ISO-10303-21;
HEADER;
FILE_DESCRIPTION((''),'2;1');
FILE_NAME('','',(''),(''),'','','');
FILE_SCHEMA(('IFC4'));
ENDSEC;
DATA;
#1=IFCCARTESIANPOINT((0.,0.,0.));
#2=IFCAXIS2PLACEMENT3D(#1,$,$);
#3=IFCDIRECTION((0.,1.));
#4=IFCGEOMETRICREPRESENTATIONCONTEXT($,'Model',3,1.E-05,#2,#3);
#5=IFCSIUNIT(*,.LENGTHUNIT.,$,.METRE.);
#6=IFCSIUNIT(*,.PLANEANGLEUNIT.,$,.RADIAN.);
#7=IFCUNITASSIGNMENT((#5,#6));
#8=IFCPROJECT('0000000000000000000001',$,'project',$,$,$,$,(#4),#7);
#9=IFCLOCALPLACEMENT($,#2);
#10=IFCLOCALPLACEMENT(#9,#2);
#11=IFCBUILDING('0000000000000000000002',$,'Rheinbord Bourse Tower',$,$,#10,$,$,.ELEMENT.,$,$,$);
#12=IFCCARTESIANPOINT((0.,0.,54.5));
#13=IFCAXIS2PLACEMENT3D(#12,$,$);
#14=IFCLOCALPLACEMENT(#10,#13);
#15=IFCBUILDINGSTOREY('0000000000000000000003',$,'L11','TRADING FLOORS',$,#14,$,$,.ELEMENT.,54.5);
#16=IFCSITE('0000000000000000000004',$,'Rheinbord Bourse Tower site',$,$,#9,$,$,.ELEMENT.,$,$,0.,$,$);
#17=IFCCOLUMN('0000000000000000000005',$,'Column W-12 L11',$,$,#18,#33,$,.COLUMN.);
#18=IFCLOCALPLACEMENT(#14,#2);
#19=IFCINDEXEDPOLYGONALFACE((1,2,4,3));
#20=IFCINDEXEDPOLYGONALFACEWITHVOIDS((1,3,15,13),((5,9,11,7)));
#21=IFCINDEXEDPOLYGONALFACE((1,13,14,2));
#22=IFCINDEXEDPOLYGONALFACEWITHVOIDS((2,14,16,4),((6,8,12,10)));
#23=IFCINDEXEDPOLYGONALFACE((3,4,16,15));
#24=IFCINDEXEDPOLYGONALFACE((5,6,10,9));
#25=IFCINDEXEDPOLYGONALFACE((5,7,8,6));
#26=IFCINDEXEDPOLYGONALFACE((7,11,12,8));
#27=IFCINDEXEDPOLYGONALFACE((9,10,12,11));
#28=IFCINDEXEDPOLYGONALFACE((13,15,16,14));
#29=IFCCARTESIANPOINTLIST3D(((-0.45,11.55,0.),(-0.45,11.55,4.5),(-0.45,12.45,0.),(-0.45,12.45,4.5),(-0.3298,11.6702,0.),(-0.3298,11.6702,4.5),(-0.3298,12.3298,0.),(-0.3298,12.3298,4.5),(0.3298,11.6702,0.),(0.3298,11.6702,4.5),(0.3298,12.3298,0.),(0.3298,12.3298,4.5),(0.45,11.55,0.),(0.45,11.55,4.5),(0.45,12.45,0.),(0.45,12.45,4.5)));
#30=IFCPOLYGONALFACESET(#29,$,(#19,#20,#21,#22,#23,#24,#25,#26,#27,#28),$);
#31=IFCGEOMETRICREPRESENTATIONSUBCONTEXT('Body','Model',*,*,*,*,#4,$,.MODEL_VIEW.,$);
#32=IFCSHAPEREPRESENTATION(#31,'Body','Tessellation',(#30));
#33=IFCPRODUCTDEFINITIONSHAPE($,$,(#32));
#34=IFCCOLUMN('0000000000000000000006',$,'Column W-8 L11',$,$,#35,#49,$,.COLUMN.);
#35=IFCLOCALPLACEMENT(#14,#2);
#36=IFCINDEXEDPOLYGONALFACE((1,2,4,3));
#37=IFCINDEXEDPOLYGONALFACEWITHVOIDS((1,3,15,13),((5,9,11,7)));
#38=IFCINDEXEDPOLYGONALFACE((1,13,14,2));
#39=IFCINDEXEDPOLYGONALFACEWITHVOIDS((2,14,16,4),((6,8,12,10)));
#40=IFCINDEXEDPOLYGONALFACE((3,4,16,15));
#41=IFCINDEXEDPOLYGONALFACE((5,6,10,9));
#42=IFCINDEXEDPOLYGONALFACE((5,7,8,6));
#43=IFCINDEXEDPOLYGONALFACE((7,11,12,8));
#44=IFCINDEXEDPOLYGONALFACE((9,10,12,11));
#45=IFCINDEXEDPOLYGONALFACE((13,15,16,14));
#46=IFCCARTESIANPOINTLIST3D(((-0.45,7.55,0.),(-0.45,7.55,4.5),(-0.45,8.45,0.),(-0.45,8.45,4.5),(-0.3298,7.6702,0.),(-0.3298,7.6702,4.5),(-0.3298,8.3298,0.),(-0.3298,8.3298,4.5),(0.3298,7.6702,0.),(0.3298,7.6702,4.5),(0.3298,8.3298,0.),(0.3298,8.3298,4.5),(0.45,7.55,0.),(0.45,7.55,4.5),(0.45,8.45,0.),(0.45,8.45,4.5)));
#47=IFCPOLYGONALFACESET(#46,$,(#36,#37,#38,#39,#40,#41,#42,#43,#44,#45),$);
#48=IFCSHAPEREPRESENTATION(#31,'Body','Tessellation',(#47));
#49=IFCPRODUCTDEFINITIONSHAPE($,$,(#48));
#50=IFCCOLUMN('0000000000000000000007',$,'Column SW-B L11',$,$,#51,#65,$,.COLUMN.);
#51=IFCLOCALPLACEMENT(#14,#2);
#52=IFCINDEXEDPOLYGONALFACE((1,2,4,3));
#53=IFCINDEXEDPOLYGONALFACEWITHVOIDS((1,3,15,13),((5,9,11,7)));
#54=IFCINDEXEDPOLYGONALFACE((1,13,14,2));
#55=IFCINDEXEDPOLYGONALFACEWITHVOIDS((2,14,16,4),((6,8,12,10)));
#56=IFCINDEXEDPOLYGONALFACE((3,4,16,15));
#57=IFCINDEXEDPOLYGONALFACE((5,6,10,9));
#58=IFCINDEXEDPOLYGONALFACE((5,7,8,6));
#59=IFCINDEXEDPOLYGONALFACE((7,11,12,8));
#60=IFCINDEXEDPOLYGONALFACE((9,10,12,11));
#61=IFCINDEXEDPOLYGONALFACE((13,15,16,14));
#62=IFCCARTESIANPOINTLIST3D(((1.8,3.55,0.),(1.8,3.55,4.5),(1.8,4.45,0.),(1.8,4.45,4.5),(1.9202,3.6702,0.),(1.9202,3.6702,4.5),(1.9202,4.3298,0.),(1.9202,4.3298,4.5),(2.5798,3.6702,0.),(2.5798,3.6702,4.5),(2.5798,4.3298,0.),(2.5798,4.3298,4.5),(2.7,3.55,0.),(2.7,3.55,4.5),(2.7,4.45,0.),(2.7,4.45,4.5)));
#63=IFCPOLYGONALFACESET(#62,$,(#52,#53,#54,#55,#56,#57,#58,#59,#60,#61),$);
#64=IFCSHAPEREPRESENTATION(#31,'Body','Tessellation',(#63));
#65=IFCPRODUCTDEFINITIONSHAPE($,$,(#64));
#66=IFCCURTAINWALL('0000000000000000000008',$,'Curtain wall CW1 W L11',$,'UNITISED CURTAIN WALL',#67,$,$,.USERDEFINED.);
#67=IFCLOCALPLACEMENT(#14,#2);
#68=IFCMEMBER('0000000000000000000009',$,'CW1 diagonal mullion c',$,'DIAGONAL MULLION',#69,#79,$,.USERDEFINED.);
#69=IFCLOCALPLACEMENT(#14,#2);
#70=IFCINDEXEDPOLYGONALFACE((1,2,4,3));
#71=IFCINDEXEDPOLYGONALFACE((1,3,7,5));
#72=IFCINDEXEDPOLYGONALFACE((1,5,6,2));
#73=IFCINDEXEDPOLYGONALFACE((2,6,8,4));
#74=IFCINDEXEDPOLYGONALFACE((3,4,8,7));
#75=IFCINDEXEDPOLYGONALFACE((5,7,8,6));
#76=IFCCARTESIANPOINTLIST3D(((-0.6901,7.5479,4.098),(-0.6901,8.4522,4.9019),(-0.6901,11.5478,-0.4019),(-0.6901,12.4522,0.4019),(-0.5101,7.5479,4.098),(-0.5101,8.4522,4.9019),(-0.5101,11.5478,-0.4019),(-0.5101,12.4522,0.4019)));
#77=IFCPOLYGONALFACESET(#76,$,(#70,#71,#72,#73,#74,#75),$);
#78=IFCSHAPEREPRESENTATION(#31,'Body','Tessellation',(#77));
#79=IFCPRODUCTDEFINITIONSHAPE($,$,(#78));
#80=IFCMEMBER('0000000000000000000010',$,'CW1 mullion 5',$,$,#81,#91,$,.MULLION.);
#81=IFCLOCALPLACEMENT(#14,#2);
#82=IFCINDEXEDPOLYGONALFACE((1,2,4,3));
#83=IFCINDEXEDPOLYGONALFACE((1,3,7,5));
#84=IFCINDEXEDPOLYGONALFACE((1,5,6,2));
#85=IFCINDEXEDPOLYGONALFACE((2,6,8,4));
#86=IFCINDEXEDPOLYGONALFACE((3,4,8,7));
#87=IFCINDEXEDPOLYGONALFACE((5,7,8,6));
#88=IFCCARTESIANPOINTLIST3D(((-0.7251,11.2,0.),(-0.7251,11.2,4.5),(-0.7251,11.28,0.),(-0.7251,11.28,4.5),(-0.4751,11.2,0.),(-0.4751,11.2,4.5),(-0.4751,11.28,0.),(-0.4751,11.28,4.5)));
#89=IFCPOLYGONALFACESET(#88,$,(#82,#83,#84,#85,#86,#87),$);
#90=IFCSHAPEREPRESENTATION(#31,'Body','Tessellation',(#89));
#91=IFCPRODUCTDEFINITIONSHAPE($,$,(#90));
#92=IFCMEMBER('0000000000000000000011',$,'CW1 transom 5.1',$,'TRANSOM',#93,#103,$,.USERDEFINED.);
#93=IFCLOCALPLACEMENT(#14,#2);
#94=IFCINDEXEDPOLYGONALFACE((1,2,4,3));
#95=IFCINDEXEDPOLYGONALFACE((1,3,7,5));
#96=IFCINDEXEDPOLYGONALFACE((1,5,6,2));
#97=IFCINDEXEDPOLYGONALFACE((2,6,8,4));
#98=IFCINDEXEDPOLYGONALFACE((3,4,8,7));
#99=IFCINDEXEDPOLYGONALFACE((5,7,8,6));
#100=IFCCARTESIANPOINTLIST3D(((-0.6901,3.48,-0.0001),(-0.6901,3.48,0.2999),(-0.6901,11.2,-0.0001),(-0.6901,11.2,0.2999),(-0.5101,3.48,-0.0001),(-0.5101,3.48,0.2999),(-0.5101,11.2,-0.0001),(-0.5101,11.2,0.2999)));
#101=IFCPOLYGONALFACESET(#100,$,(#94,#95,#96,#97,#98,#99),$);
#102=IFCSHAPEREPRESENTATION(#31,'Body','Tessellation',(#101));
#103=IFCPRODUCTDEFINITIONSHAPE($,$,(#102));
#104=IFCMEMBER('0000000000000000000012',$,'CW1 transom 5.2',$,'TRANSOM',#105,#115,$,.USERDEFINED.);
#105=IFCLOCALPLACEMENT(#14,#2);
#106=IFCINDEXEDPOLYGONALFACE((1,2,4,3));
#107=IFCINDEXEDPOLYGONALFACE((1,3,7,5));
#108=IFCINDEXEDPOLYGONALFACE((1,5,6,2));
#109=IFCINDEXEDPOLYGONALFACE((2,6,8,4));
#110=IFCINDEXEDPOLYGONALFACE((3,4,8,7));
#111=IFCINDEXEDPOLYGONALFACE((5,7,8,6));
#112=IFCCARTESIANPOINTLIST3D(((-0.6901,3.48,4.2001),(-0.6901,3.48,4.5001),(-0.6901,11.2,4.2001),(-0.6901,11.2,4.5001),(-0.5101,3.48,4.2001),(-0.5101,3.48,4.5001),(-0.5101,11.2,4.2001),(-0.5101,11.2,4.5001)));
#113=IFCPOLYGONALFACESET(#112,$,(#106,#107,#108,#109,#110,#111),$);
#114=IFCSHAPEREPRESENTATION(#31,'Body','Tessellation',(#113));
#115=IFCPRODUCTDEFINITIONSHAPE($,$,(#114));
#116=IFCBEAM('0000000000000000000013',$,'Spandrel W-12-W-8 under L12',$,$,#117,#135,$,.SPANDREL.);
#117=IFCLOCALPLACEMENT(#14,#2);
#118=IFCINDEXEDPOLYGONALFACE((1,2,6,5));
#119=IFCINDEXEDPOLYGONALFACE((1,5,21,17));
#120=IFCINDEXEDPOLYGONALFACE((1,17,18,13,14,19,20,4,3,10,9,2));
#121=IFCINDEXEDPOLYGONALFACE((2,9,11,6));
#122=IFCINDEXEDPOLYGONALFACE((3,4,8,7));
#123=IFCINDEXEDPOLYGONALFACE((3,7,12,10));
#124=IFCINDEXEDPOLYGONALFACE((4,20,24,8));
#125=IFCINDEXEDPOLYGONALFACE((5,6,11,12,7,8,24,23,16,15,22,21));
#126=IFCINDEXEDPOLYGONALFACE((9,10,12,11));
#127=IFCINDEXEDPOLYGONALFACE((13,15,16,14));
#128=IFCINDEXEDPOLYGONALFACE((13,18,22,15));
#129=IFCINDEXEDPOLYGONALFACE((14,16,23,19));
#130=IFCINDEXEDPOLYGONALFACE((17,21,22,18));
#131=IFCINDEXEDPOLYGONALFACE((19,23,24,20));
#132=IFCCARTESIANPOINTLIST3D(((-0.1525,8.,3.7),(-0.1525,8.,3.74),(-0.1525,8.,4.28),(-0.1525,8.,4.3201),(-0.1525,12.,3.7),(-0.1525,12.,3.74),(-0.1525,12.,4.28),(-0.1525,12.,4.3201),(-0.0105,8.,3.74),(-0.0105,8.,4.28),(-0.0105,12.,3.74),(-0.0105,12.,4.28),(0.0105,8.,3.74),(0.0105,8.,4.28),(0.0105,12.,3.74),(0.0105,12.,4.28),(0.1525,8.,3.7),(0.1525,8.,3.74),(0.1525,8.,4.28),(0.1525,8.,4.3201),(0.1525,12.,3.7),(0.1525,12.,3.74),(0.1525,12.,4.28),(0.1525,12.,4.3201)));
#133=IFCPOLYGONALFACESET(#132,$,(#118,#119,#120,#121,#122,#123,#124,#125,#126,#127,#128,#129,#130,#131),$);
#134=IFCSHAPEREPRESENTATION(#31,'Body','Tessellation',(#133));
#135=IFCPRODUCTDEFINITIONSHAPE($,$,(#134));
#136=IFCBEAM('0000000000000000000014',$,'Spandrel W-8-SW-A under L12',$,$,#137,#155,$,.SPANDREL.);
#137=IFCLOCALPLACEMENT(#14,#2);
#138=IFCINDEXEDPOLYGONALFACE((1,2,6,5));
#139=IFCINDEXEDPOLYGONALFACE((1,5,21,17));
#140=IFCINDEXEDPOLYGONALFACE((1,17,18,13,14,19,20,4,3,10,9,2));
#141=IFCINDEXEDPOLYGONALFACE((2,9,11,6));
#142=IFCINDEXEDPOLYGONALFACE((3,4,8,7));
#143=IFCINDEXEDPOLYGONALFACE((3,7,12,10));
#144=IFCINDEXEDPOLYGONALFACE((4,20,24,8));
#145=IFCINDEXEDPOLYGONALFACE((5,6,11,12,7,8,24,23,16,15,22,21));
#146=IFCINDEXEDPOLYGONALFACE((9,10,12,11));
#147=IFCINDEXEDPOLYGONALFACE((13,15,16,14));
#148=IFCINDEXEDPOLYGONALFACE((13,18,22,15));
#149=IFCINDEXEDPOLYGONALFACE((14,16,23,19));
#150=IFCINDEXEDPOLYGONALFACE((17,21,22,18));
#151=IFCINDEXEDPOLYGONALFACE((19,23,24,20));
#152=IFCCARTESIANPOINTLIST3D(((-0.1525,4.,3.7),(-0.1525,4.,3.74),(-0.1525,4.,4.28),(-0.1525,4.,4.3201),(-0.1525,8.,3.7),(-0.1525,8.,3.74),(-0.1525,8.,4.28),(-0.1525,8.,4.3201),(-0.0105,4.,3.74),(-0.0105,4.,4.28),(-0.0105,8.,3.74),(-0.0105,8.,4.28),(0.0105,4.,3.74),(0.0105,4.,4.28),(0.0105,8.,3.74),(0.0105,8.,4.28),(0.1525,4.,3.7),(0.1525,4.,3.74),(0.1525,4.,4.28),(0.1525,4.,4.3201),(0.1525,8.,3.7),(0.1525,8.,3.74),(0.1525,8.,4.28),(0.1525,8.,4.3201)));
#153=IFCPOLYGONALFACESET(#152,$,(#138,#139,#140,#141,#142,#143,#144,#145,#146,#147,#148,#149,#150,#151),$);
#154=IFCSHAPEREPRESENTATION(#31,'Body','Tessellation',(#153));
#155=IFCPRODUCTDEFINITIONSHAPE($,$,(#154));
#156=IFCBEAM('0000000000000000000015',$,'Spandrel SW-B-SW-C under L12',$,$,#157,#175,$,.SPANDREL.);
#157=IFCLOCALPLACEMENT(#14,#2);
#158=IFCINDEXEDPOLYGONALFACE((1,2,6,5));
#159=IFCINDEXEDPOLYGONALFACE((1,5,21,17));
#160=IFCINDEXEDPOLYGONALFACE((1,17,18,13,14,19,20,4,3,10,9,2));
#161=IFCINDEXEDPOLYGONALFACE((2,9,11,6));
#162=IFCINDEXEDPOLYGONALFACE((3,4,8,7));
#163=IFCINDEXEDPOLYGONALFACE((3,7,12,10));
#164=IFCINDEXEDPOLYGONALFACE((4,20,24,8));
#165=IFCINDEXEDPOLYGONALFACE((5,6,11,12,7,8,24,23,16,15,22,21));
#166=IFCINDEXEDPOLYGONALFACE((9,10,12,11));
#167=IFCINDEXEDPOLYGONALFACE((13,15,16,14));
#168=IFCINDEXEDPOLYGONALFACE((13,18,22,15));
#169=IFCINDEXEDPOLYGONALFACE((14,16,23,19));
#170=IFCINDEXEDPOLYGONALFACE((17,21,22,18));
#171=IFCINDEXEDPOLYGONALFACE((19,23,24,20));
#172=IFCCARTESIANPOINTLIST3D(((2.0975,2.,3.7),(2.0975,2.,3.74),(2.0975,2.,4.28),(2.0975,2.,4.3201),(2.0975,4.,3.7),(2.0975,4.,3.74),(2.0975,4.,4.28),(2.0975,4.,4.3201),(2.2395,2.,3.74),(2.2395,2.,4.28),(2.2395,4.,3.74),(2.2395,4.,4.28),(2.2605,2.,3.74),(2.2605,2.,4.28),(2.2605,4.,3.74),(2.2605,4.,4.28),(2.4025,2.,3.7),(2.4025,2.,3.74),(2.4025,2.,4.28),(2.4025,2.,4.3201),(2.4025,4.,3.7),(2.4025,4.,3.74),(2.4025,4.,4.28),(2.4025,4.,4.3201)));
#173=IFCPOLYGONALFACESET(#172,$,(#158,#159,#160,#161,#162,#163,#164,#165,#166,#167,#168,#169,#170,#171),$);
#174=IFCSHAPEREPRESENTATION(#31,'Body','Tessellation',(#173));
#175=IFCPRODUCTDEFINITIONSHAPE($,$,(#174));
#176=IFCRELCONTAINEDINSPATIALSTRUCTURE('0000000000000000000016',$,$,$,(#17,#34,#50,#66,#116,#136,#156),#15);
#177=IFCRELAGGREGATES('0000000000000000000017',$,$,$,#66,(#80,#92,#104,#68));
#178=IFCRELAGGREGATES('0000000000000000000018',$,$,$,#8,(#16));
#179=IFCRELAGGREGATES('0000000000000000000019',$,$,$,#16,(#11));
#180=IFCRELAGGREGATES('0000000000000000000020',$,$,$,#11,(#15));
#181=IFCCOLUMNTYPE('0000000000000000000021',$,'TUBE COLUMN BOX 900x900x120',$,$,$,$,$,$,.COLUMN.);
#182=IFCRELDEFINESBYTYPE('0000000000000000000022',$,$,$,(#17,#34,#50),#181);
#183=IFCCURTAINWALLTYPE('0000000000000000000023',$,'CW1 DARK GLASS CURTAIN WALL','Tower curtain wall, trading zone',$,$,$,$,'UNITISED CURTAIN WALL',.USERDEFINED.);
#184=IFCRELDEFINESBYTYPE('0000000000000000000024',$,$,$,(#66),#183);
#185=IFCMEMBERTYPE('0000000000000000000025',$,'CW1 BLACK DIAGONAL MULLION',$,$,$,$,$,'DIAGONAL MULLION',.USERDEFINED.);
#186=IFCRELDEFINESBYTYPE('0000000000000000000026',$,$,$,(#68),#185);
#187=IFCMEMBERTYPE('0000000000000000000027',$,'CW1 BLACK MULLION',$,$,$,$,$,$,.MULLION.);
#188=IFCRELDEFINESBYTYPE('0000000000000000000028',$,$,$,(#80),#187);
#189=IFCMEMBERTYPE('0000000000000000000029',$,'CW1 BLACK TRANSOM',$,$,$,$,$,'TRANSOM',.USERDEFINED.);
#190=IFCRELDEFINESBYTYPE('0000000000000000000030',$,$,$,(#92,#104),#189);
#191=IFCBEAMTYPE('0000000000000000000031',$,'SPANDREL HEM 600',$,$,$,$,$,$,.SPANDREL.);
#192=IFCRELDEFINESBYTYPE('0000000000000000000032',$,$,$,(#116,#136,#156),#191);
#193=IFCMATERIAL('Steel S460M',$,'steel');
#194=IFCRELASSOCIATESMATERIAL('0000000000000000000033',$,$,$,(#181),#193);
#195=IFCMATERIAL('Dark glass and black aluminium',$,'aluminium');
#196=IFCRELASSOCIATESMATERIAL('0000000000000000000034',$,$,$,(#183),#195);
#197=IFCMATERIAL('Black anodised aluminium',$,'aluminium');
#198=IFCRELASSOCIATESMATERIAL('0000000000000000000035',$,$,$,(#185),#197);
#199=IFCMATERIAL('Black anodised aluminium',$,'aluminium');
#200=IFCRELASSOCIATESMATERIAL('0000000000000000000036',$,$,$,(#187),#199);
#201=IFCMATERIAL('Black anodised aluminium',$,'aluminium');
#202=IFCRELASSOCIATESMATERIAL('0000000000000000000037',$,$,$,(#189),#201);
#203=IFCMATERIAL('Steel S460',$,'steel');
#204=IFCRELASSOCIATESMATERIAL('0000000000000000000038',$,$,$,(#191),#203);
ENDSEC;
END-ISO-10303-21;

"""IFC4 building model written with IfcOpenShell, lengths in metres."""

from ifc_helpers import new_model, si_unit, direction, frame, origin, origin_2d, place, context, subcontext, project, spatial, rectangle, hollow_rectangle, i_section, extrude, material, material_profile, profile_set, type_object, element, aggregate, save


model = new_model("IFC4")

# Units and contexts
model_context = context("Model", 3, precision=1e-05, world=origin(), true_north=direction((0.0, 1.0)))
body_context = subcontext(model_context, "Body", "Model", "MODEL_VIEW")
ifc_project = project(units=[si_unit("LENGTHUNIT", "METRE"), si_unit("PLANEANGLEUNIT", "RADIAN")], contexts=[model_context])

# Site, building, storey
site_placement = place(None, origin())
site = spatial("IfcSite", under=ifc_project, at=site_placement, Name="Rheinbord Bourse Tower site", CompositionType="ELEMENT", RefElevation=0.0)
building_placement = place(site_placement, origin())
building = spatial("IfcBuilding", under=site, at=building_placement, Name="Rheinbord Bourse Tower", CompositionType="ELEMENT")
storey_placement = place(building_placement, frame((0.0, 0.0, 54.5)))
storey = spatial("IfcBuildingStorey", under=building, at=storey_placement, Name="L11", Description="TRADING FLOORS", CompositionType="ELEMENT", Elevation=54.5)

# Columns
ifc_material_1 = material(Name="Steel S460M", Category="steel")
ifc_material_profile_1 = material_profile(ifc_material_1, hollow_rectangle(XDim=0.8999, YDim=0.8999, WallThickness=0.1201, at=origin_2d()), Name="BOX 900x900x120")
ifc_profile_set_1 = profile_set([ifc_material_profile_1], Name="Steel S460M")
column_type = type_object("IfcColumnType", Name="TUBE COLUMN BOX 900x900x120", PredefinedType="COLUMN", material=ifc_profile_set_1)
for number, where, z_axis, x_axis, name in (
    (1, (0.0, 12.0, 0.0), (0.0, 0.0, 1.0), (1.0, 0.0, 0.0), "Column W-12 L11"),
    (2, (0.0, 8.0, 0.0), (0.0, 0.0, 1.0), (1.0, 0.0, 0.0), "Column W-8 L11"),
    (3, (2.25, 4.0, 0.0), (0.0, 0.0, 1.0), (1.0, 0.0, 0.0), "Column SW-B L11"),
):
    element("IfcColumn", number, at=place(storey_placement, frame(where, z_axis=z_axis, x_axis=x_axis)), inside=storey, type_object=column_type, Name=name, PredefinedType="COLUMN", context=body_context, shape_type="SweptSolid", body=[
        extrude(hollow_rectangle(XDim=0.8999, YDim=0.8999, WallThickness=0.1201, at=origin_2d()), origin(), (0.0, 0.0, 1.0), 4.5),
    ])

# Curtain wall, members
ifc_material_2 = material(Name="Dark glass and black aluminium", Category="aluminium")
curtain_wall_type = type_object("IfcCurtainWallType", Name="CW1 DARK GLASS CURTAIN WALL", Description="Tower curtain wall, trading zone", ElementType="UNITISED CURTAIN WALL", PredefinedType="USERDEFINED", material=ifc_material_2)
curtain_wall_placement = place(storey_placement, origin())
curtain_wall = element("IfcCurtainWall", 4, at=curtain_wall_placement, inside=storey, type_object=curtain_wall_type, Name="Curtain wall CW1 W L11", ObjectType="UNITISED CURTAIN WALL", PredefinedType="USERDEFINED")
ifc_material_3 = material(Name="Black anodised aluminium", Category="aluminium")
ifc_material_profile_2 = material_profile(ifc_material_3, rectangle(XDim=0.1799, YDim=1.21, at=origin_2d()), Name="CW1 DIAGONAL MULLION 1210x180")
ifc_profile_set_2 = profile_set([ifc_material_profile_2], Name="Black anodised aluminium")
member_type_1 = type_object("IfcMemberType", Name="CW1 BLACK DIAGONAL MULLION", ElementType="DIAGONAL MULLION", PredefinedType="USERDEFINED", material=ifc_profile_set_2)
member_1_placement = place(storey_placement, frame((-0.6001, 12.0, 0.0), z_axis=(0.0, -0.664364, 0.747409), x_axis=(1.0, 0.0, 0.0)))
member_1 = element("IfcMember", 5, at=member_1_placement, type_object=member_type_1, Name="CW1 diagonal mullion c", ObjectType="DIAGONAL MULLION", PredefinedType="USERDEFINED", context=body_context, shape_type="SweptSolid", body=[
    extrude(rectangle(XDim=0.1799, YDim=1.21, at=origin_2d()), origin(), (0.0, 0.0, 1.0), 6.0208),
])
ifc_material_4 = material(Name="Black anodised aluminium", Category="aluminium")
ifc_material_profile_3 = material_profile(ifc_material_4, rectangle(XDim=0.25, YDim=0.0801, at=origin_2d()), Name="CW1 MULLION 80x250")
ifc_profile_set_3 = profile_set([ifc_material_profile_3], Name="Black anodised aluminium")
member_type_2 = type_object("IfcMemberType", Name="CW1 BLACK MULLION", PredefinedType="MULLION", material=ifc_profile_set_3)
member_2_placement = place(storey_placement, frame((-0.6001, 11.24, 0.0), z_axis=(0.0, 0.0, 1.0), x_axis=(1.0, 0.0, 0.0)))
member_2 = element("IfcMember", 6, at=member_2_placement, type_object=member_type_2, Name="CW1 mullion 5", PredefinedType="MULLION", context=body_context, shape_type="SweptSolid", body=[
    extrude(rectangle(XDim=0.25, YDim=0.0801, at=origin_2d()), origin(), (0.0, 0.0, 1.0), 4.5),
])
ifc_material_5 = material(Name="Black anodised aluminium", Category="aluminium")
ifc_material_profile_4 = material_profile(ifc_material_5, rectangle(XDim=0.1799, YDim=0.3, at=origin_2d()), Name="CW1 TRANSOM 300x180")
ifc_profile_set_4 = profile_set([ifc_material_profile_4], Name="Black anodised aluminium")
member_type_3 = type_object("IfcMemberType", Name="CW1 BLACK TRANSOM", ElementType="TRANSOM", PredefinedType="USERDEFINED", material=ifc_profile_set_4)
member_3_placement = place(storey_placement, frame((-0.6001, 11.2, 0.1499), z_axis=(0.0, -1.0, 0.0), x_axis=(1.0, 0.0, 0.0)))
member_3 = element("IfcMember", 7, at=member_3_placement, type_object=member_type_3, Name="CW1 transom 5.1", ObjectType="TRANSOM", PredefinedType="USERDEFINED", context=body_context, shape_type="SweptSolid", body=[
    extrude(rectangle(XDim=0.1799, YDim=0.3, at=origin_2d()), origin(), (0.0, 0.0, 1.0), 7.72),
])
member_4_placement = place(storey_placement, frame((-0.6001, 11.2, 4.3501), z_axis=(0.0, -1.0, 0.0), x_axis=(1.0, 0.0, 0.0)))
member_4 = element("IfcMember", 8, at=member_4_placement, type_object=member_type_3, Name="CW1 transom 5.2", ObjectType="TRANSOM", PredefinedType="USERDEFINED", context=body_context, shape_type="SweptSolid", body=[
    extrude(rectangle(XDim=0.1799, YDim=0.3, at=origin_2d()), origin(), (0.0, 0.0, 1.0), 7.72),
])

# Beams
ifc_material_6 = material(Name="Steel S460", Category="steel")
ifc_material_profile_5 = material_profile(ifc_material_6, i_section(OverallWidth=0.3049, OverallDepth=0.6201, WebThickness=0.021, FlangeThickness=0.04, at=origin_2d()), Name="HEM 600")
ifc_profile_set_5 = profile_set([ifc_material_profile_5], Name="Steel S460")
beam_type_1 = type_object("IfcBeamType", Name="SPANDREL HEM 600", PredefinedType="SPANDREL", material=ifc_profile_set_5)
for number, where, z_axis, x_axis, name in (
    (9, (0.0, 12.0, 4.01), (0.0, -1.0, 0.0), (1.0, 0.0, 0.0), "Spandrel W-12-W-8 under L12"),
    (10, (0.0, 8.0, 4.01), (0.0, -1.0, 0.0), (1.0, 0.0, 0.0), "Spandrel W-8-SW-A under L12"),
):
    element("IfcBeam", number, at=place(storey_placement, frame(where, z_axis=z_axis, x_axis=x_axis)), inside=storey, type_object=beam_type_1, Name=name, PredefinedType="SPANDREL", context=body_context, shape_type="SweptSolid", body=[
        extrude(i_section(OverallWidth=0.3049, OverallDepth=0.6201, WebThickness=0.021, FlangeThickness=0.04, at=origin_2d()), origin(), (0.0, 0.0, 1.0), 4.0),
    ])
beam_placement = place(storey_placement, frame((2.25, 4.0, 4.01), z_axis=(0.0, -1.0, 0.0), x_axis=(1.0, 0.0, 0.0)))
element("IfcBeam", 11, at=beam_placement, inside=storey, type_object=beam_type_1, Name="Spandrel SW-B-SW-C under L12", PredefinedType="SPANDREL", context=body_context, shape_type="SweptSolid", body=[
    extrude(i_section(OverallWidth=0.3049, OverallDepth=0.6201, WebThickness=0.021, FlangeThickness=0.04, at=origin_2d()), origin(), (0.0, 0.0, 1.0), 2.0),
])

aggregate(curtain_wall, [member_2, member_3, member_4, member_1])

save(model, "model.ifc")
